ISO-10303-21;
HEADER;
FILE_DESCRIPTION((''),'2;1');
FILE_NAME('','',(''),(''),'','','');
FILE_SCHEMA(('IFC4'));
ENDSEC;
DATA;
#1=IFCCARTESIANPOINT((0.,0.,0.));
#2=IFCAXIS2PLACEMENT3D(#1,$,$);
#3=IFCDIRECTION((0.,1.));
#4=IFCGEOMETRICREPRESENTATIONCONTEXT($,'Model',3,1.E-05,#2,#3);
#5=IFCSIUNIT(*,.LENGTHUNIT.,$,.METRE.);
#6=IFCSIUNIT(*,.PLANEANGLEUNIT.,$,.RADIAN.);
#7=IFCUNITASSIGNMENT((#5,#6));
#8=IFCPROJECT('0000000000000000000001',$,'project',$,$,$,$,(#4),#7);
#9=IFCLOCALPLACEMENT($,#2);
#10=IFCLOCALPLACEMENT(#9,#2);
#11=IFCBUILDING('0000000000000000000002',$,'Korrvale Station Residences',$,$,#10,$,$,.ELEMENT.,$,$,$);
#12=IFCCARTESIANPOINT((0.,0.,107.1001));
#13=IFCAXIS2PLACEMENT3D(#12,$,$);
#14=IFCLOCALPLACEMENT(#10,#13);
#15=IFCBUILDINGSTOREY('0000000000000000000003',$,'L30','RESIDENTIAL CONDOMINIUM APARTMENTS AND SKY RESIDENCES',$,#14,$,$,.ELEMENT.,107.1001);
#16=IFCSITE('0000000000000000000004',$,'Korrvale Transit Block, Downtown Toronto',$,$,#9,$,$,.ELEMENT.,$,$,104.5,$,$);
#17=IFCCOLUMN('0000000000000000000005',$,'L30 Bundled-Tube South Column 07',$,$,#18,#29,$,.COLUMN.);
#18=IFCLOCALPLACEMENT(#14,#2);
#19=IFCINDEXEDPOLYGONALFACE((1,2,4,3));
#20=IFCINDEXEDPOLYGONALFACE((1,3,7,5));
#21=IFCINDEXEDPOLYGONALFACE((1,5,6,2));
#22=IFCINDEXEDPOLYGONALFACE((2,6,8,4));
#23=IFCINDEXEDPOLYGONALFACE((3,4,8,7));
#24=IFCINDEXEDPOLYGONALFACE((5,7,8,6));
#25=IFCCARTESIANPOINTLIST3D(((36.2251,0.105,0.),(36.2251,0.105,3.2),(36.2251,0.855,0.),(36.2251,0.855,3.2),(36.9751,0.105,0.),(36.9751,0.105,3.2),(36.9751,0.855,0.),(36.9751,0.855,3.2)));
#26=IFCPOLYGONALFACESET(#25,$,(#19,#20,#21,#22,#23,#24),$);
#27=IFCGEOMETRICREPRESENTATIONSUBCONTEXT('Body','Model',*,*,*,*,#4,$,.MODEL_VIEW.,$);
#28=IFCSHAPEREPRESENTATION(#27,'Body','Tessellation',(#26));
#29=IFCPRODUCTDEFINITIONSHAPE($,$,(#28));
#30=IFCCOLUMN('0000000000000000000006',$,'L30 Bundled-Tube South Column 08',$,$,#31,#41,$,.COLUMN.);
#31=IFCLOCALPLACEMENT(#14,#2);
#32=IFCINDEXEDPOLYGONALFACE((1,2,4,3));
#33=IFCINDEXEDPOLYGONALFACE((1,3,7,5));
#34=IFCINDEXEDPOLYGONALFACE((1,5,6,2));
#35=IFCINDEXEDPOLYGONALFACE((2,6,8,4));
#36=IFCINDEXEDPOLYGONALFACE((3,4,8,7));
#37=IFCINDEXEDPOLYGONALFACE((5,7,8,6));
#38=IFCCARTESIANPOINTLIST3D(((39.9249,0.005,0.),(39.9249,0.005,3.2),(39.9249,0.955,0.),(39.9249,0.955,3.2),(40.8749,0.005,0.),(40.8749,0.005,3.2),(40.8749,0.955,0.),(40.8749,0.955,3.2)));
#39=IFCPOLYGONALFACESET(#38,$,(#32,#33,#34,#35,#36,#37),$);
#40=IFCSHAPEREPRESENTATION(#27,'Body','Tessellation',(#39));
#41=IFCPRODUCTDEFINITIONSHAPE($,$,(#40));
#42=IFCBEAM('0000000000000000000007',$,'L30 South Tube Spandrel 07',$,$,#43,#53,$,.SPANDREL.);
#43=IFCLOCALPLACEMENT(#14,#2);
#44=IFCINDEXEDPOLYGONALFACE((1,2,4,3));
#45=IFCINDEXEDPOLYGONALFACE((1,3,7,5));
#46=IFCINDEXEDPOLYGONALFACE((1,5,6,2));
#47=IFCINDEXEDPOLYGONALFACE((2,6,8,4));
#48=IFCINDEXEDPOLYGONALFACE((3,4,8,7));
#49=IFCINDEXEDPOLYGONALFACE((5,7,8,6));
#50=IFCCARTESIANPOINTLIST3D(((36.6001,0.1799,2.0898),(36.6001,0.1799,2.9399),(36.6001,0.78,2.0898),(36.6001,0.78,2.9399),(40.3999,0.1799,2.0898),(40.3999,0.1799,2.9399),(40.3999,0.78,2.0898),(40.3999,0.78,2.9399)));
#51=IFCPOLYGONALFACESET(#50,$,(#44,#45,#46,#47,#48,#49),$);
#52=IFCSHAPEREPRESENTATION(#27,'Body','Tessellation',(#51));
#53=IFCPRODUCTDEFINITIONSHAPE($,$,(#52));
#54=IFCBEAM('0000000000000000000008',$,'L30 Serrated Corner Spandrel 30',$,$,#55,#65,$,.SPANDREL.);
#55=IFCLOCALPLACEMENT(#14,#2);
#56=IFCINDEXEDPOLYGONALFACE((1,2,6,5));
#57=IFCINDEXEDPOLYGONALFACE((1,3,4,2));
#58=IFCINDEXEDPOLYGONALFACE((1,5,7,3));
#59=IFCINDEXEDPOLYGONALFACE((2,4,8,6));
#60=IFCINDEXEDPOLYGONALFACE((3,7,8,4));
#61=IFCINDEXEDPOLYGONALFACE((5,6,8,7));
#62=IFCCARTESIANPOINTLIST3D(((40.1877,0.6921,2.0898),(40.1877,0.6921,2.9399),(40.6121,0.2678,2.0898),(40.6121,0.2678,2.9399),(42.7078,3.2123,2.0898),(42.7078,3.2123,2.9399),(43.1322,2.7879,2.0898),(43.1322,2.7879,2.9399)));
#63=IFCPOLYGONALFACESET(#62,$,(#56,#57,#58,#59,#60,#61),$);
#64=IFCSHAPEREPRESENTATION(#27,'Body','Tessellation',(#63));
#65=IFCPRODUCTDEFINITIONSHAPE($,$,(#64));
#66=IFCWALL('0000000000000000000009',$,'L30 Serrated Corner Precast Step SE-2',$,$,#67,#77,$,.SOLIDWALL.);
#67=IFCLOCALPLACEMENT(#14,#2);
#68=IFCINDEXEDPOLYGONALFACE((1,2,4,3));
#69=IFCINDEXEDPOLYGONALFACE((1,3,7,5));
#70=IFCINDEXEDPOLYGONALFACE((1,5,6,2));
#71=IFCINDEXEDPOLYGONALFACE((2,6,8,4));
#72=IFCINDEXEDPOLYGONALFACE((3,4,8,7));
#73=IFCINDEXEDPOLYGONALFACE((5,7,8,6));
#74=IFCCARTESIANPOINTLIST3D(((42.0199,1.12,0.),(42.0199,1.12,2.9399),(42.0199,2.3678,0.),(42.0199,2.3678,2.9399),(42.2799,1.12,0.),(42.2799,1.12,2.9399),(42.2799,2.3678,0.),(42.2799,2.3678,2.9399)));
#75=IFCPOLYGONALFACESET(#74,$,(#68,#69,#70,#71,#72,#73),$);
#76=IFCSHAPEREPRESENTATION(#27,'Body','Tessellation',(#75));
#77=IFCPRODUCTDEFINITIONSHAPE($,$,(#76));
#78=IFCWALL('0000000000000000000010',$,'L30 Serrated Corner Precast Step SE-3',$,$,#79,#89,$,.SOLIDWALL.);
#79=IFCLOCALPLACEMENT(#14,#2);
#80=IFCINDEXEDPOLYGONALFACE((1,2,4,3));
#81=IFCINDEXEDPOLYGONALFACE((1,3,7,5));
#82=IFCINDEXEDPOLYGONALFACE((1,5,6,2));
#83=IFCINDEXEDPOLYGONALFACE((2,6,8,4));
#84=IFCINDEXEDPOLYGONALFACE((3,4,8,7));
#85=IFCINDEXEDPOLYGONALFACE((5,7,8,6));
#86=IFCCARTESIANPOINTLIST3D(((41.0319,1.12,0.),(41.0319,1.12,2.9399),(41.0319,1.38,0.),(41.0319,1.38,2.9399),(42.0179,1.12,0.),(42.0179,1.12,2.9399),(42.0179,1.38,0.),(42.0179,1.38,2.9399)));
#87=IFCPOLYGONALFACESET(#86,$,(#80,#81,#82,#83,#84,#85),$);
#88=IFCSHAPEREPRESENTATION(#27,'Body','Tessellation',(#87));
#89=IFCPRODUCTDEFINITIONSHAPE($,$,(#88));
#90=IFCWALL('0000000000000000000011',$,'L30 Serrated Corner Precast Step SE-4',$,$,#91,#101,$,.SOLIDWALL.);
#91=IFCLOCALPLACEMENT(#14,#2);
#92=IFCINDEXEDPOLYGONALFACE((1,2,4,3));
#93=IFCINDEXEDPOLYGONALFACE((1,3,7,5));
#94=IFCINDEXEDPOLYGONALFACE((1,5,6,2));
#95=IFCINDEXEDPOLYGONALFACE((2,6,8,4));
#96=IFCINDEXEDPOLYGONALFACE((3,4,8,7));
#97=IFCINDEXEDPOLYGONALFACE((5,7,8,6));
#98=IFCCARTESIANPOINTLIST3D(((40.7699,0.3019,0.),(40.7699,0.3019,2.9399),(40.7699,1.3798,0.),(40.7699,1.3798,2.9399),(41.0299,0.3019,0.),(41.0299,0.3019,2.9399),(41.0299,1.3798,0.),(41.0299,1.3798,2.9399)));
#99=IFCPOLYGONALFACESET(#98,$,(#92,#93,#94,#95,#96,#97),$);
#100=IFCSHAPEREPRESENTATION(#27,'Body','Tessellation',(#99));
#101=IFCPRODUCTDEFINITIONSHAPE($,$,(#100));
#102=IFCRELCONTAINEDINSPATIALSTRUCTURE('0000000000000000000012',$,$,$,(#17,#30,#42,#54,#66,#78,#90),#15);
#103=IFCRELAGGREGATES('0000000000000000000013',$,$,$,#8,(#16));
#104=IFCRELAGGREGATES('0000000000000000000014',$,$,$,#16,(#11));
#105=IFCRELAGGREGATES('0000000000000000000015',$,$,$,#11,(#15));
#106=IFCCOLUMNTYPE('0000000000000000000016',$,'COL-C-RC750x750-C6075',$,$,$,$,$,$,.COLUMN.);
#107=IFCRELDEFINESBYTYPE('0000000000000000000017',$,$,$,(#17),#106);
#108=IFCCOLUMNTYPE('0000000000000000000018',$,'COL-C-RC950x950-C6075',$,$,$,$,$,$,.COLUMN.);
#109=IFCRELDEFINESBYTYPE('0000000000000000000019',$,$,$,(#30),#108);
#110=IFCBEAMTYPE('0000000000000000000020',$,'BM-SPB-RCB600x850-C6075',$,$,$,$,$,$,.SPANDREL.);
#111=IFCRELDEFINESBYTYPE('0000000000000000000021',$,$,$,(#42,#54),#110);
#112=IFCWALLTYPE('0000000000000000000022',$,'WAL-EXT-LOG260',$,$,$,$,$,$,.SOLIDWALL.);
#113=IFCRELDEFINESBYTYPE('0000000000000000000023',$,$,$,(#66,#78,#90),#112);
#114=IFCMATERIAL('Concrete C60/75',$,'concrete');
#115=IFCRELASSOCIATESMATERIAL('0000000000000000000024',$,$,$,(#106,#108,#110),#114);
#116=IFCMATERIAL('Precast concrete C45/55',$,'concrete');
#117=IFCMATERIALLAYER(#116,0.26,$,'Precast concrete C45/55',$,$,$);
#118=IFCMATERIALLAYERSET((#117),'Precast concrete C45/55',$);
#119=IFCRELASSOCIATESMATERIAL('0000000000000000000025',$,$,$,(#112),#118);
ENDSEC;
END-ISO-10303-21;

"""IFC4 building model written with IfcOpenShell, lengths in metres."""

from ifc_helpers import new_model, si_unit, direction, frame, frame_2d, origin, origin_2d, place, context, subcontext, project, spatial, rectangle, extrude, material, layer, layer_set, material_profile, profile_set, type_object, element, save


model = new_model("IFC4")

# Units and contexts
model_context = context("Model", 3, precision=1e-05, world=origin(), true_north=direction((0.0, 1.0)))
body_context = subcontext(model_context, "Body", "Model", "MODEL_VIEW")
ifc_project = project(units=[si_unit("LENGTHUNIT", "METRE"), si_unit("PLANEANGLEUNIT", "RADIAN")], contexts=[model_context])

# Site, building, storey
site_placement = place(None, origin())
site = spatial("IfcSite", under=ifc_project, at=site_placement, Name="Korrvale Transit Block, Downtown Toronto", CompositionType="ELEMENT", RefElevation=104.5)
building_placement = place(site_placement, origin())
building = spatial("IfcBuilding", under=site, at=building_placement, Name="Korrvale Station Residences", CompositionType="ELEMENT")
storey_placement = place(building_placement, frame((0.0, 0.0, 107.1001)))
storey = spatial("IfcBuildingStorey", under=building, at=storey_placement, Name="L30", Description="RESIDENTIAL CONDOMINIUM APARTMENTS AND SKY RESIDENCES", CompositionType="ELEMENT", Elevation=107.1001)

# Columns
ifc_material_1 = material(Name="Concrete C60/75", Category="concrete")
ifc_material_profile_1 = material_profile(ifc_material_1, rectangle(XDim=0.75, YDim=0.75, at=origin_2d()), Name="RC750x750")
ifc_profile_set_1 = profile_set([ifc_material_profile_1], Name="Concrete C60/75")
column_type_1 = type_object("IfcColumnType", Name="COL-C-RC750x750-C6075", PredefinedType="COLUMN", material=ifc_profile_set_1)
column_1_placement = place(storey_placement, frame((36.6001, 0.48, 0.0), z_axis=(0.0, 0.0, 1.0), x_axis=(1.0, 0.0, 0.0)))
element("IfcColumn", 1, at=column_1_placement, inside=storey, type_object=column_type_1, Name="L30 Bundled-Tube South Column 07", PredefinedType="COLUMN", context=body_context, shape_type="SweptSolid", body=[
    extrude(rectangle(XDim=0.75, YDim=0.75, at=origin_2d()), origin(), (0.0, 0.0, 1.0), 3.2),
])
ifc_material_profile_2 = material_profile(ifc_material_1, rectangle(XDim=0.95, YDim=0.95, at=origin_2d()), Name="RC950x950")
ifc_profile_set_2 = profile_set([ifc_material_profile_2], Name="Concrete C60/75")
column_type_2 = type_object("IfcColumnType", Name="COL-C-RC950x950-C6075", PredefinedType="COLUMN", material=ifc_profile_set_2)
column_2_placement = place(storey_placement, frame((40.3999, 0.48, 0.0), z_axis=(0.0, 0.0, 1.0), x_axis=(1.0, 0.0, 0.0)))
element("IfcColumn", 2, at=column_2_placement, inside=storey, type_object=column_type_2, Name="L30 Bundled-Tube South Column 08", PredefinedType="COLUMN", context=body_context, shape_type="SweptSolid", body=[
    extrude(rectangle(XDim=0.95, YDim=0.95, at=origin_2d()), origin(), (0.0, 0.0, 1.0), 3.2),
])

# Beams
ifc_material_profile_3 = material_profile(ifc_material_1, rectangle(XDim=0.6001, YDim=0.8501, at=origin_2d()), Name="RCB600x850")
ifc_profile_set_3 = profile_set([ifc_material_profile_3], Name="Concrete C60/75")
beam_type = type_object("IfcBeamType", Name="BM-SPB-RCB600x850-C6075", PredefinedType="SPANDREL", material=ifc_profile_set_3)
beam_1_placement = place(storey_placement, frame((36.6001, 0.48, 2.5149), z_axis=(1.0, 0.0, 0.0), x_axis=(0.0, 1.0, 0.0)))
element("IfcBeam", 3, at=beam_1_placement, inside=storey, type_object=beam_type, Name="L30 South Tube Spandrel 07", PredefinedType="SPANDREL", context=body_context, shape_type="SweptSolid", body=[
    extrude(rectangle(XDim=0.6001, YDim=0.8501, at=origin_2d()), origin(), (0.0, 0.0, 1.0), 3.7998),
])
beam_2_placement = place(storey_placement, frame((40.3999, 0.48, 2.5149), z_axis=(0.707107, 0.707107, 0.0), x_axis=(-0.707107, 0.707107, 0.0)))
element("IfcBeam", 4, at=beam_2_placement, inside=storey, type_object=beam_type, Name="L30 Serrated Corner Spandrel 30", PredefinedType="SPANDREL", context=body_context, shape_type="SweptSolid", body=[
    extrude(rectangle(XDim=0.6001, YDim=0.8501, at=origin_2d()), origin(), (0.0, 0.0, 1.0), 3.564),
])

# Walls
ifc_material_2 = material(Name="Precast concrete C45/55", Category="concrete")
ifc_layer_1 = layer(ifc_material_2, 0.26, Name="Precast concrete C45/55")
ifc_layer_set_1 = layer_set([ifc_layer_1], Name="Precast concrete C45/55")
wall_type_1 = type_object("IfcWallType", Name="WAL-EXT-LOG260", PredefinedType="SOLIDWALL", material=ifc_layer_set_1)
wall_1_placement = place(storey_placement, frame((42.1499, 2.3679, 0.0), z_axis=(0.0, 0.0, 1.0), x_axis=(0.0, -1.0, 0.0)))
element("IfcWall", 5, at=wall_1_placement, inside=storey, type_object=wall_type_1, Name="L30 Serrated Corner Precast Step SE-2", PredefinedType="SOLIDWALL", context=body_context, shape_type="SweptSolid", body=[
    extrude(rectangle(XDim=1.2478, YDim=0.26, at=frame_2d((0.624, 0.0))), origin(), (0.0, 0.0, 1.0), 2.9399),
])
wall_2_placement = place(storey_placement, frame((42.0181, 1.25, 0.0), z_axis=(0.0, 0.0, 1.0), x_axis=(-1.0, 0.0, 0.0)))
element("IfcWall", 6, at=wall_2_placement, inside=storey, type_object=wall_type_1, Name="L30 Serrated Corner Precast Step SE-3", PredefinedType="SOLIDWALL", context=body_context, shape_type="SweptSolid", body=[
    extrude(rectangle(XDim=0.9861, YDim=0.26, at=frame_2d((0.4932, 0.0))), origin(), (0.0, 0.0, 1.0), 2.9399),
])
wall_3_placement = place(storey_placement, frame((40.8999, 1.3799, 0.0), z_axis=(0.0, 0.0, 1.0), x_axis=(0.0, -1.0, 0.0)))
element("IfcWall", 7, at=wall_3_placement, inside=storey, type_object=wall_type_1, Name="L30 Serrated Corner Precast Step SE-4", PredefinedType="SOLIDWALL", context=body_context, shape_type="SweptSolid", body=[
    extrude(rectangle(XDim=1.0779, YDim=0.26, at=frame_2d((0.5391, 0.0))), origin(), (0.0, 0.0, 1.0), 2.9399),
])

save(model, "model.ifc")
